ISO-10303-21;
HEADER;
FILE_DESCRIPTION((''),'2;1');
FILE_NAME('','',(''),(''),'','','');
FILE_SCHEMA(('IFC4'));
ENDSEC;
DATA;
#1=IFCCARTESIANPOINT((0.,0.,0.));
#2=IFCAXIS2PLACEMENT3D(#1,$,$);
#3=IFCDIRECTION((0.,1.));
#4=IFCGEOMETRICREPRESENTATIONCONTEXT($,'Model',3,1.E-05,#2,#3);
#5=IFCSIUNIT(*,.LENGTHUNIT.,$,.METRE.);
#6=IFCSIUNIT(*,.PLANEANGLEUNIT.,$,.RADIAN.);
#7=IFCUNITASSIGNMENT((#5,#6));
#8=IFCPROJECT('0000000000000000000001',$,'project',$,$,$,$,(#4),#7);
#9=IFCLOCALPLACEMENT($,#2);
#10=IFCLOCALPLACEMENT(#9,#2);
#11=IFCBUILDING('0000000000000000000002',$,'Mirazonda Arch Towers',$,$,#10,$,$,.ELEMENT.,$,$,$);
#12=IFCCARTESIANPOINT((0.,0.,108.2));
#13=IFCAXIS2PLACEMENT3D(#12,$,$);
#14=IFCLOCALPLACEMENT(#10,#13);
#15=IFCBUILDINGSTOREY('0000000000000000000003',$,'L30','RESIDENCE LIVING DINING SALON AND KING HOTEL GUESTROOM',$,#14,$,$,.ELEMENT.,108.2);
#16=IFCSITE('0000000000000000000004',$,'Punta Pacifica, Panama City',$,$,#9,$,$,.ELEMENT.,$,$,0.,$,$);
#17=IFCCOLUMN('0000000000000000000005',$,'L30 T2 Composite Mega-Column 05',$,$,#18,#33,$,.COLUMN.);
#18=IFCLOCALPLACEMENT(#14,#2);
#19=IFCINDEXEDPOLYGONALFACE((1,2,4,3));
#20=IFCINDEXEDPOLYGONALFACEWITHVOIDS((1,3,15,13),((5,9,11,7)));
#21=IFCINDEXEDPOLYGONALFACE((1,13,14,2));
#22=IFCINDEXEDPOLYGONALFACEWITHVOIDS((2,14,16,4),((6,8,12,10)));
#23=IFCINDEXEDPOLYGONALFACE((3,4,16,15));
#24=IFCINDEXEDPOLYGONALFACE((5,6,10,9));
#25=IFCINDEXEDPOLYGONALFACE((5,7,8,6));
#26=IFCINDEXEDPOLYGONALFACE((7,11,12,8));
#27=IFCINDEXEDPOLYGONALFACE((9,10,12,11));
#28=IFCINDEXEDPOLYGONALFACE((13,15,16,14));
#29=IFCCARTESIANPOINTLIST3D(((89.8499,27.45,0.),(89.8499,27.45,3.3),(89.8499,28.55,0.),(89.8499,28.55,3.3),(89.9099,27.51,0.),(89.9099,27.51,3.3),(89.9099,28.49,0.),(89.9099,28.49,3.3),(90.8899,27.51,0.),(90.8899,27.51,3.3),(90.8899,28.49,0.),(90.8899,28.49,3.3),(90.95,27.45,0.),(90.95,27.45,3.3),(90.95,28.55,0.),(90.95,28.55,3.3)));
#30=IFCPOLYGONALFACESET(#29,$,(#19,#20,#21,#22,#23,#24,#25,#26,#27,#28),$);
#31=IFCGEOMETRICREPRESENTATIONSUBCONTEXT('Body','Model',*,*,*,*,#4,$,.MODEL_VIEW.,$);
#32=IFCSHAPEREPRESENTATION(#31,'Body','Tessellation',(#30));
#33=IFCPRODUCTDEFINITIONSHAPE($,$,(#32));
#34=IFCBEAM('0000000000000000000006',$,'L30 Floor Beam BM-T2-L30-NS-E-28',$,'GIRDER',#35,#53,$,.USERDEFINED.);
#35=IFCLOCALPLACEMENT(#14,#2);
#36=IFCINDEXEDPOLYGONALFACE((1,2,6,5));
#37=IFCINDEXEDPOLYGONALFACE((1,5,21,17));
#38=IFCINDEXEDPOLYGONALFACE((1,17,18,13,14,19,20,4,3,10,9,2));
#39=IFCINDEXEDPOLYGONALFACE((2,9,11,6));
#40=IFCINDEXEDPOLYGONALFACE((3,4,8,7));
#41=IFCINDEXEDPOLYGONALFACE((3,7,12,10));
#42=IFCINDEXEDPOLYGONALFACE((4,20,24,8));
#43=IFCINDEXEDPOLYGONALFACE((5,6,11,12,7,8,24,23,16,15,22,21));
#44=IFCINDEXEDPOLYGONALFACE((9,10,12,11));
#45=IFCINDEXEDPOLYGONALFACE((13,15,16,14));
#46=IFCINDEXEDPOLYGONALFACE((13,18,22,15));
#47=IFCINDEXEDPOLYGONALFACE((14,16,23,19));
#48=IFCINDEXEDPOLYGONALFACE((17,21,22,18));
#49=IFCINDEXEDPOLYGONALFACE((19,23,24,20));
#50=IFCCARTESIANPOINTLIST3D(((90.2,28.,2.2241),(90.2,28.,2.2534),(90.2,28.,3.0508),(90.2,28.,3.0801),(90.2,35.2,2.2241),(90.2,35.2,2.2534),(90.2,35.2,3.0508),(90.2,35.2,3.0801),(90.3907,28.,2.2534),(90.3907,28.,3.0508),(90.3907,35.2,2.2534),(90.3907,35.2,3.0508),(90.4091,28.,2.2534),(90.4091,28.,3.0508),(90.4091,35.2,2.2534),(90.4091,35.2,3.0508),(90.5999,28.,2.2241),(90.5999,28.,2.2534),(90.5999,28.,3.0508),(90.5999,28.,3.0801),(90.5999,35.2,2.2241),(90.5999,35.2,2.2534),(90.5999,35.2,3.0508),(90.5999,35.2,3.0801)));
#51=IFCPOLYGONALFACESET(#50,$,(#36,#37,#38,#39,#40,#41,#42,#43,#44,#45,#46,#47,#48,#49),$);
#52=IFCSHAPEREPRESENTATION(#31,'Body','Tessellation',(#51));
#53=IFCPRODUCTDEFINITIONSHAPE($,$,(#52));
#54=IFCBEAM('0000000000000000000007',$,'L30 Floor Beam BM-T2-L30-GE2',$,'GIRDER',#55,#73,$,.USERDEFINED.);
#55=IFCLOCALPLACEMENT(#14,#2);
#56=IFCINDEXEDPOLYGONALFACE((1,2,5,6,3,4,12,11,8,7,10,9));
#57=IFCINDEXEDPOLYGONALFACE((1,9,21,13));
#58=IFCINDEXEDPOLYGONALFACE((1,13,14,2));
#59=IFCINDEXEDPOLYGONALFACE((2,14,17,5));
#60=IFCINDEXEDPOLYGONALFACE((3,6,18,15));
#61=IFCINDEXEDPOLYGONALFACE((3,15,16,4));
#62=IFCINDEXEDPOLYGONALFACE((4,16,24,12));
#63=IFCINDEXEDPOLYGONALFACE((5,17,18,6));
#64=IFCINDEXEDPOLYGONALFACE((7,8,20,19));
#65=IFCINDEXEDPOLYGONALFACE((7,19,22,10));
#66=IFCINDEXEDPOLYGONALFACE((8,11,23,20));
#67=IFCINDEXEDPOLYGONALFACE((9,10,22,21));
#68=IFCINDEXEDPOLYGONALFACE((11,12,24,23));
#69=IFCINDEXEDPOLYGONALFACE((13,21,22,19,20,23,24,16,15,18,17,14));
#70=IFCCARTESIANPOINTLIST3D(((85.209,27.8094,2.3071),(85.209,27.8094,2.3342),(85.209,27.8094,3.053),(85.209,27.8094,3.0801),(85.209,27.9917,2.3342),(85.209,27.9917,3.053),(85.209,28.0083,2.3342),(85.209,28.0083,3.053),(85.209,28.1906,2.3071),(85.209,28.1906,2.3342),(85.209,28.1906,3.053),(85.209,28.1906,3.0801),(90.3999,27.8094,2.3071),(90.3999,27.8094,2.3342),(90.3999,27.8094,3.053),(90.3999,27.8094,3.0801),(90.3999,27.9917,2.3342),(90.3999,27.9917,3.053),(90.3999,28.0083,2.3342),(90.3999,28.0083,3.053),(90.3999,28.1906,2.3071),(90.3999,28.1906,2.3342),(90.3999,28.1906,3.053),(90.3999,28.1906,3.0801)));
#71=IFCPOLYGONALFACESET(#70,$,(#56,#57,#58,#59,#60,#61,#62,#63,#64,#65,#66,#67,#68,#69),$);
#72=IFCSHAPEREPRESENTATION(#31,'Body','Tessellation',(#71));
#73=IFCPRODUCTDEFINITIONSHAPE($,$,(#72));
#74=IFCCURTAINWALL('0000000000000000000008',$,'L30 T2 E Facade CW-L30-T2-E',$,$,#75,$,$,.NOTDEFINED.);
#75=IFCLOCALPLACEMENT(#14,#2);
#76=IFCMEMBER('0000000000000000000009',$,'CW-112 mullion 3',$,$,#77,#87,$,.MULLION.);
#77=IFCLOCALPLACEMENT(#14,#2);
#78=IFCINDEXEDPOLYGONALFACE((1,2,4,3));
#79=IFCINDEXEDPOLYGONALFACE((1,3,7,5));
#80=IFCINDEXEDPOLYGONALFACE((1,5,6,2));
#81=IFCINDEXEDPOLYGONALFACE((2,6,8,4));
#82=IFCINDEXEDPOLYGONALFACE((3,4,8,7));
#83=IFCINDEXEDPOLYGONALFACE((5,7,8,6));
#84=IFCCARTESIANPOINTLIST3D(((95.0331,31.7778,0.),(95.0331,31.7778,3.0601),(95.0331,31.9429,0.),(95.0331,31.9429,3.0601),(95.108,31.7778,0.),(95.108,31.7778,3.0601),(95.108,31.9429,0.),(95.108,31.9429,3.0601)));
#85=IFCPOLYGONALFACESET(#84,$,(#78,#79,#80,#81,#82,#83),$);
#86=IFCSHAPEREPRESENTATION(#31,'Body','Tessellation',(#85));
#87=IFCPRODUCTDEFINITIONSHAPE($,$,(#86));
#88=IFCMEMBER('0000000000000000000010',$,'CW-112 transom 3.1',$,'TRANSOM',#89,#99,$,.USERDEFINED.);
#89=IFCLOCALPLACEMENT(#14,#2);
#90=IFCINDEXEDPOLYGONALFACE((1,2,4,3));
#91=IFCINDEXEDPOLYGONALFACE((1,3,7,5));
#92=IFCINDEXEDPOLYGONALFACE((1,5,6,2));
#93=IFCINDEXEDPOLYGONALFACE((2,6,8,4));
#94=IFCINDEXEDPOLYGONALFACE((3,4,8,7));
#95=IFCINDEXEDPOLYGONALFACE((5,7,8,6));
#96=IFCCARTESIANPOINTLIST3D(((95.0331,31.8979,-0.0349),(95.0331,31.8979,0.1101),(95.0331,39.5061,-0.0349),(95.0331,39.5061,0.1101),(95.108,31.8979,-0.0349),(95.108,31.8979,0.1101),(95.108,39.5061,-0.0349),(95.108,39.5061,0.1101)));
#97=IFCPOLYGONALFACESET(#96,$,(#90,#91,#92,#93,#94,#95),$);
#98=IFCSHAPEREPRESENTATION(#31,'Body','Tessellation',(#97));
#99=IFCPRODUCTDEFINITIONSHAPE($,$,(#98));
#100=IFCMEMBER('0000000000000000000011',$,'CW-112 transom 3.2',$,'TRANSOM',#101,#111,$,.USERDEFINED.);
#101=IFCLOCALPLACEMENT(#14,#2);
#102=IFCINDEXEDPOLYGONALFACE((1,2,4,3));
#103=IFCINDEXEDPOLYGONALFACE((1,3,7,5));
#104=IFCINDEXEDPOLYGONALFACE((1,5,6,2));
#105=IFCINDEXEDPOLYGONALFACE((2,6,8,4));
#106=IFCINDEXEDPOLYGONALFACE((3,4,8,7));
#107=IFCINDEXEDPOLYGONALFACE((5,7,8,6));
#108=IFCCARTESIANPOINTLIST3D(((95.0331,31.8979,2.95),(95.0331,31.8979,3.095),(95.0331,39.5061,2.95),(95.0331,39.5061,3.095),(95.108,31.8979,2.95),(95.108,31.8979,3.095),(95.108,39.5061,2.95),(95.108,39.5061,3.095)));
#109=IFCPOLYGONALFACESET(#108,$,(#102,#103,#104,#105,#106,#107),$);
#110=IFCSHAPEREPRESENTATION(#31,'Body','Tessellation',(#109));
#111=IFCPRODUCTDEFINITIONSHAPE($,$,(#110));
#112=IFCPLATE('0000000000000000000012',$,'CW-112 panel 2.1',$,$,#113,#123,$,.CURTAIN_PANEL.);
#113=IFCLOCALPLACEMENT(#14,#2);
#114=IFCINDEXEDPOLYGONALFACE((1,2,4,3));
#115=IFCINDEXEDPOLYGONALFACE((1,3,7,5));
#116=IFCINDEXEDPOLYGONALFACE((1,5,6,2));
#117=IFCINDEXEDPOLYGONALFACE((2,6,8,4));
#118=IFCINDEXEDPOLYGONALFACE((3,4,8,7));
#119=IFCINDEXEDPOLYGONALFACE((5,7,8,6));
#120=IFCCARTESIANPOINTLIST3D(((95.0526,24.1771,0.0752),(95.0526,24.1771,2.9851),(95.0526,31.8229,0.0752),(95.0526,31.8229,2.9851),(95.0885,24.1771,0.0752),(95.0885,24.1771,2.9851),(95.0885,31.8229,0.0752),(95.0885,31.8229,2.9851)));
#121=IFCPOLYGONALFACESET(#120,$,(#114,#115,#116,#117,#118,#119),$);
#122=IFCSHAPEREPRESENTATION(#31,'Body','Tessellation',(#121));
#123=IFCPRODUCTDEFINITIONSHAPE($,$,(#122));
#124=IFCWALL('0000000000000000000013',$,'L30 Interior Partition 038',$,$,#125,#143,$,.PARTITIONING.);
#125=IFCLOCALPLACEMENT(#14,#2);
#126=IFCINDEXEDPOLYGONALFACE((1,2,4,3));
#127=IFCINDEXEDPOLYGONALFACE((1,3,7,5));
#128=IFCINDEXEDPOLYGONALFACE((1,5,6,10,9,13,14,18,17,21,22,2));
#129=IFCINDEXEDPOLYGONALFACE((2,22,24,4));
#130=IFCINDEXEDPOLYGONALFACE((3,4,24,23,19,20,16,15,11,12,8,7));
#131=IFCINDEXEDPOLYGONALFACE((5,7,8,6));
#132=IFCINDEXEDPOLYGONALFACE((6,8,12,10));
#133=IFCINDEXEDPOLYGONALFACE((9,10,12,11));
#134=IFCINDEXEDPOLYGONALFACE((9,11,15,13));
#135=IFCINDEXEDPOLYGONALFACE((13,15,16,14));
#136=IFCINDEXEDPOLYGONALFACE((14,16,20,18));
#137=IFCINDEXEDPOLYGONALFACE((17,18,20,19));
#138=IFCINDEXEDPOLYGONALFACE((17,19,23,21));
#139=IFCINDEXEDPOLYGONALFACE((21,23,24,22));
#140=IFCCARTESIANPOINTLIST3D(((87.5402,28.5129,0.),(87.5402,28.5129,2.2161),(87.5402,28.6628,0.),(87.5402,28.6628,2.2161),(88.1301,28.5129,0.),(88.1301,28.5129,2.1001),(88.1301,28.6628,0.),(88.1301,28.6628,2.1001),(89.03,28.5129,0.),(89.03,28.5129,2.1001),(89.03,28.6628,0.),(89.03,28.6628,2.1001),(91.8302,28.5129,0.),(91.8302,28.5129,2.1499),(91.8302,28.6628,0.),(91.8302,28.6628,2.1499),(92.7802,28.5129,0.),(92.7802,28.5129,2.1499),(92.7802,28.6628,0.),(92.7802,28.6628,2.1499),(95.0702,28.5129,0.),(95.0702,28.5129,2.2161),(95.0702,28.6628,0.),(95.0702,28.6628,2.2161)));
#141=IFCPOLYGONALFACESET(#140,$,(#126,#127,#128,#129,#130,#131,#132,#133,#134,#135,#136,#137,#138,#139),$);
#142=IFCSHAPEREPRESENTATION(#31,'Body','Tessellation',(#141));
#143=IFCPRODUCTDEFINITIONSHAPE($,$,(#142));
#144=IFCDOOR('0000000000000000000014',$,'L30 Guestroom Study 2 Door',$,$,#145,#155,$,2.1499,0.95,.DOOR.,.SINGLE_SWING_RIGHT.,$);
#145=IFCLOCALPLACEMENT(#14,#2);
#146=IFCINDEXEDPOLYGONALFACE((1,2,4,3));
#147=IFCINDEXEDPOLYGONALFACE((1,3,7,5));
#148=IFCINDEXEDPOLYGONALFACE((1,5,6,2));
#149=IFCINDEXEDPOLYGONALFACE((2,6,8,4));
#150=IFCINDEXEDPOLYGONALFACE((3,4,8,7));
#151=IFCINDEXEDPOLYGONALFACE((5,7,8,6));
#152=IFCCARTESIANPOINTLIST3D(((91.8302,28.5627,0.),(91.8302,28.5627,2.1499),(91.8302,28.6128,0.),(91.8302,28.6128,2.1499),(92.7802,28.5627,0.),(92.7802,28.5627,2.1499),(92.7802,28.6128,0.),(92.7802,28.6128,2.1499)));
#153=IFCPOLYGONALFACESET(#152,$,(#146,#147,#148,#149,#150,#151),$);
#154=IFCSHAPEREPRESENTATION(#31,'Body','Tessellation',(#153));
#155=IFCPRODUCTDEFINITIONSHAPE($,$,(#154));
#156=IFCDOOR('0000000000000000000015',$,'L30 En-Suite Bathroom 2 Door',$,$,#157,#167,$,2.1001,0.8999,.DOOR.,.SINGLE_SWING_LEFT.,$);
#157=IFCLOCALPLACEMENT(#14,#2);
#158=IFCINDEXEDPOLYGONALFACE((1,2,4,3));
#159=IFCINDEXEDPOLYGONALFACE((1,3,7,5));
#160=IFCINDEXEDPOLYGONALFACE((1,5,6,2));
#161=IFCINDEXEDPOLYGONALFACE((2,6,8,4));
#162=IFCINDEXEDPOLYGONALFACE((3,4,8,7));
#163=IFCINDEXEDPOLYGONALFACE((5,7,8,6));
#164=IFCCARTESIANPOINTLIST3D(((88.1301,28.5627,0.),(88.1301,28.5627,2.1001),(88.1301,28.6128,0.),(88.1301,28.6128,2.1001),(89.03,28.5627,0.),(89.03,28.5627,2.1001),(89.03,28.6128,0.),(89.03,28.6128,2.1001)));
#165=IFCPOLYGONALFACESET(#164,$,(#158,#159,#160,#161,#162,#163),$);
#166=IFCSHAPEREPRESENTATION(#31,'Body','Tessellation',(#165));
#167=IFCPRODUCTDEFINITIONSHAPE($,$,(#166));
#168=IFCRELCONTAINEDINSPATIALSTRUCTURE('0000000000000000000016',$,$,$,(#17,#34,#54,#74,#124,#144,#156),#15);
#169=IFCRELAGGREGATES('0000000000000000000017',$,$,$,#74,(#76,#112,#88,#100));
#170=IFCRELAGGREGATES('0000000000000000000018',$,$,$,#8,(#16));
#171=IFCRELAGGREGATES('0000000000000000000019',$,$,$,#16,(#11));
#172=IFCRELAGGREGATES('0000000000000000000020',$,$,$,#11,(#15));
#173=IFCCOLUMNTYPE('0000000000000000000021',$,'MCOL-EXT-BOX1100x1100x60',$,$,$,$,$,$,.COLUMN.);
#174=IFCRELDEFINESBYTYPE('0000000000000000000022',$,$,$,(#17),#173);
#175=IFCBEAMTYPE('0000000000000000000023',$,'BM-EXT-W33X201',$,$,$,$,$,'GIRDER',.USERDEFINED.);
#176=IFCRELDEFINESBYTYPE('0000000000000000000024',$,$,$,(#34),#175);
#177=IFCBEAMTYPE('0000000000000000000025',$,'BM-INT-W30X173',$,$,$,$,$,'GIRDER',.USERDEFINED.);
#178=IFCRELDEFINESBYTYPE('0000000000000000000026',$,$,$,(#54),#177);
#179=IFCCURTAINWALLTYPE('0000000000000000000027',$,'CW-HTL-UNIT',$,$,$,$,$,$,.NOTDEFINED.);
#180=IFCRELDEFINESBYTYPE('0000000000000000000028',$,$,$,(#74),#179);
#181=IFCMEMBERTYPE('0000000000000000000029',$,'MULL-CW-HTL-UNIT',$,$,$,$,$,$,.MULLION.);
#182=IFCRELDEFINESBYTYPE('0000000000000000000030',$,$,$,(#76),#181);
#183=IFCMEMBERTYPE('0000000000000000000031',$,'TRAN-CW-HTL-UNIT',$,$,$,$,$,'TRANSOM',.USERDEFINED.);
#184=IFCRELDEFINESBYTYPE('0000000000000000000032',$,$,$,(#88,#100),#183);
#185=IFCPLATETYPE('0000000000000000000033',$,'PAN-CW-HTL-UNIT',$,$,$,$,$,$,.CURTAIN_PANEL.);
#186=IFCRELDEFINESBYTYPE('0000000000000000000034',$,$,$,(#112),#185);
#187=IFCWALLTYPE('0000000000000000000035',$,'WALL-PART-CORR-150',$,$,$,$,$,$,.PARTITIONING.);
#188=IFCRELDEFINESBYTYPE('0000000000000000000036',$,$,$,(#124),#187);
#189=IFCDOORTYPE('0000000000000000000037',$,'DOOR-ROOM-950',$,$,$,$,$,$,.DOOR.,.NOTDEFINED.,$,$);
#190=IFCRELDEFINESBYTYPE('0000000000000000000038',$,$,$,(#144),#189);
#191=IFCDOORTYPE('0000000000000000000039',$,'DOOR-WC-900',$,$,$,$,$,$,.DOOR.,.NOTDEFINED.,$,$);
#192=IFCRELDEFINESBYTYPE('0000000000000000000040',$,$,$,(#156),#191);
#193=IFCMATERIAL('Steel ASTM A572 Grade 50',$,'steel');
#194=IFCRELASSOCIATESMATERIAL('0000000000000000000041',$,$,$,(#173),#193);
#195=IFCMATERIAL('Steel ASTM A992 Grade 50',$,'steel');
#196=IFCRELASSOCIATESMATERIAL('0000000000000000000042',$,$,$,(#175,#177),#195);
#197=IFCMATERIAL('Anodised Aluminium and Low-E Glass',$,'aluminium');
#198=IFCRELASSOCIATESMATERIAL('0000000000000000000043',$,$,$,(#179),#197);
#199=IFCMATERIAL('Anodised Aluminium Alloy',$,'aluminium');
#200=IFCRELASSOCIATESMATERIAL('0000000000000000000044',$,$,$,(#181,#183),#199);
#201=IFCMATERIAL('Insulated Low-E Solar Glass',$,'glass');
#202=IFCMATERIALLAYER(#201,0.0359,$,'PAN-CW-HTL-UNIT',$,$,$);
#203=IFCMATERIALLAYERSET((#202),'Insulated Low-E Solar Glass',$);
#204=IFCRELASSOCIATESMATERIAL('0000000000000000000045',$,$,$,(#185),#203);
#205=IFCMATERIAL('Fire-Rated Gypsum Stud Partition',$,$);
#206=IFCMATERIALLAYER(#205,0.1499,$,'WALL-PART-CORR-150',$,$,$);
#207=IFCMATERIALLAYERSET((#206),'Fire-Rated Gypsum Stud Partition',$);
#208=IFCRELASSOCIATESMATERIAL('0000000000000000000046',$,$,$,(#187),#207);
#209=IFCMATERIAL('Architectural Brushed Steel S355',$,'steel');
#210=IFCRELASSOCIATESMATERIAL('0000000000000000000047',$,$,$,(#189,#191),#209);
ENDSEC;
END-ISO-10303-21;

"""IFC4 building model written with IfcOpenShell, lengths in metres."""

from ifc_helpers import new_model, si_unit, direction, frame, frame_2d, origin, origin_2d, place, context, subcontext, project, spatial, rectangle, hollow_rectangle, i_section, extrude, material, layer, layer_set, material_profile, profile_set, type_object, element, fill, aggregate, save


model = new_model("IFC4")

# Units and contexts
model_context = context("Model", 3, precision=1e-05, world=origin(), true_north=direction((0.0, 1.0)))
body_context = subcontext(model_context, "Body", "Model", "MODEL_VIEW")
ifc_project = project(units=[si_unit("LENGTHUNIT", "METRE"), si_unit("PLANEANGLEUNIT", "RADIAN")], contexts=[model_context])

# Site, building, storey
site_placement = place(None, origin())
site = spatial("IfcSite", under=ifc_project, at=site_placement, Name="Punta Pacifica, Panama City", CompositionType="ELEMENT", RefElevation=0.0)
building_placement = place(site_placement, origin())
building = spatial("IfcBuilding", under=site, at=building_placement, Name="Mirazonda Arch Towers", CompositionType="ELEMENT")
storey_placement = place(building_placement, frame((0.0, 0.0, 108.2)))
storey = spatial("IfcBuildingStorey", under=building, at=storey_placement, Name="L30", Description="RESIDENCE LIVING DINING SALON AND KING HOTEL GUESTROOM", CompositionType="ELEMENT", Elevation=108.2)

# Column
ifc_material_1 = material(Name="Steel ASTM A572 Grade 50", Category="steel")
ifc_material_profile_1 = material_profile(ifc_material_1, hollow_rectangle(XDim=1.1001, YDim=1.1001, WallThickness=0.0601, at=origin_2d()), Name="BOX1100x1100x60")
ifc_profile_set_1 = profile_set([ifc_material_profile_1], Name="Steel ASTM A572 Grade 50")
column_type = type_object("IfcColumnType", Name="MCOL-EXT-BOX1100x1100x60", PredefinedType="COLUMN", material=ifc_profile_set_1)
column_placement = place(storey_placement, frame((90.3999, 28.0, 0.0), z_axis=(0.0, 0.0, 1.0), x_axis=(1.0, 0.0, 0.0)))
element("IfcColumn", 1, at=column_placement, inside=storey, type_object=column_type, Name="L30 T2 Composite Mega-Column 05", PredefinedType="COLUMN", context=body_context, shape_type="SweptSolid", body=[
    extrude(hollow_rectangle(XDim=1.1001, YDim=1.1001, WallThickness=0.0601, at=origin_2d()), origin(), (0.0, 0.0, 1.0), 3.3),
])

# Beams
ifc_material_2 = material(Name="Steel ASTM A992 Grade 50", Category="steel")
ifc_material_profile_2 = material_profile(ifc_material_2, i_section(OverallWidth=0.3999, OverallDepth=0.856, WebThickness=0.0183, FlangeThickness=0.0293, at=origin_2d()), Name="W33X201")
ifc_profile_set_2 = profile_set([ifc_material_profile_2], Name="Steel ASTM A992 Grade 50")
beam_type_1 = type_object("IfcBeamType", Name="BM-EXT-W33X201", ElementType="GIRDER", PredefinedType="USERDEFINED", material=ifc_profile_set_2)
beam_1_placement = place(storey_placement, frame((90.3999, 28.0, 2.6521), z_axis=(0.0, 1.0, 0.0), x_axis=(-1.0, 0.0, 0.0)))
element("IfcBeam", 2, at=beam_1_placement, inside=storey, type_object=beam_type_1, Name="L30 Floor Beam BM-T2-L30-NS-E-28", ObjectType="GIRDER", PredefinedType="USERDEFINED", context=body_context, shape_type="SweptSolid", body=[
    extrude(i_section(OverallWidth=0.3999, OverallDepth=0.856, WebThickness=0.0183, FlangeThickness=0.0293, at=origin_2d()), origin(), (0.0, 0.0, 1.0), 7.2),
])
ifc_material_profile_3 = material_profile(ifc_material_2, i_section(OverallWidth=0.3811, OverallDepth=0.7729, WebThickness=0.0166, FlangeThickness=0.0271, at=origin_2d()), Name="W30X173")
ifc_profile_set_3 = profile_set([ifc_material_profile_3], Name="Steel ASTM A992 Grade 50")
beam_type_2 = type_object("IfcBeamType", Name="BM-INT-W30X173", ElementType="GIRDER", PredefinedType="USERDEFINED", material=ifc_profile_set_3)
beam_2_placement = place(storey_placement, frame((85.209, 28.0, 2.6936), z_axis=(1.0, 0.0, 0.0), x_axis=(0.0, 1.0, 0.0)))
element("IfcBeam", 3, at=beam_2_placement, inside=storey, type_object=beam_type_2, Name="L30 Floor Beam BM-T2-L30-GE2", ObjectType="GIRDER", PredefinedType="USERDEFINED", context=body_context, shape_type="SweptSolid", body=[
    extrude(i_section(OverallWidth=0.3811, OverallDepth=0.7729, WebThickness=0.0166, FlangeThickness=0.0271, at=origin_2d()), origin(), (0.0, 0.0, 1.0), 5.1909),
])

# Curtain wall, members, plate
ifc_material_3 = material(Name="Anodised Aluminium and Low-E Glass", Category="aluminium")
curtain_wall_type = type_object("IfcCurtainWallType", Name="CW-HTL-UNIT", PredefinedType="NOTDEFINED", material=ifc_material_3)
curtain_wall_placement = place(storey_placement, origin())
curtain_wall = element("IfcCurtainWall", 4, at=curtain_wall_placement, inside=storey, type_object=curtain_wall_type, Name="L30 T2 E Facade CW-L30-T2-E", PredefinedType="NOTDEFINED")
ifc_material_4 = material(Name="Anodised Aluminium Alloy", Category="aluminium")
ifc_material_profile_4 = material_profile(ifc_material_4, rectangle(XDim=0.075, YDim=0.165, at=origin_2d()), Name="ALU-MULL-75x165")
ifc_profile_set_4 = profile_set([ifc_material_profile_4], Name="Anodised Aluminium Alloy")
member_type_1 = type_object("IfcMemberType", Name="MULL-CW-HTL-UNIT", PredefinedType="MULLION", material=ifc_profile_set_4)
member_1_placement = place(storey_placement, frame((95.0706, 31.8604, 0.0), z_axis=(0.0, 0.0, 1.0), x_axis=(-1.0, 0.0, 0.0)))
member_1 = element("IfcMember", 5, at=member_1_placement, type_object=member_type_1, Name="CW-112 mullion 3", PredefinedType="MULLION", context=body_context, shape_type="SweptSolid", body=[
    extrude(rectangle(XDim=0.075, YDim=0.165, at=origin_2d()), origin(), (0.0, 0.0, 1.0), 3.0601),
])
ifc_material_profile_5 = material_profile(ifc_material_4, rectangle(XDim=0.075, YDim=0.145, at=origin_2d()), Name="ALU-TRAN-75x145")
ifc_profile_set_5 = profile_set([ifc_material_profile_5], Name="Anodised Aluminium Alloy")
member_type_2 = type_object("IfcMemberType", Name="TRAN-CW-HTL-UNIT", ElementType="TRANSOM", PredefinedType="USERDEFINED", material=ifc_profile_set_5)
member_2_placement = place(storey_placement, frame((95.0706, 31.8979, 0.0376), z_axis=(0.0, 1.0, 0.0), x_axis=(-1.0, 0.0, 0.0)))
member_2 = element("IfcMember", 6, at=member_2_placement, type_object=member_type_2, Name="CW-112 transom 3.1", ObjectType="TRANSOM", PredefinedType="USERDEFINED", context=body_context, shape_type="SweptSolid", body=[
    extrude(rectangle(XDim=0.075, YDim=0.145, at=origin_2d()), origin(), (0.0, 0.0, 1.0), 7.6082),
])
member_3_placement = place(storey_placement, frame((95.0706, 31.8979, 3.0225), z_axis=(0.0, 1.0, 0.0), x_axis=(-1.0, 0.0, 0.0)))
member_3 = element("IfcMember", 7, at=member_3_placement, type_object=member_type_2, Name="CW-112 transom 3.2", ObjectType="TRANSOM", PredefinedType="USERDEFINED", context=body_context, shape_type="SweptSolid", body=[
    extrude(rectangle(XDim=0.075, YDim=0.145, at=origin_2d()), origin(), (0.0, 0.0, 1.0), 7.6082),
])
ifc_material_5 = material(Name="Insulated Low-E Solar Glass", Category="glass")
ifc_layer_1 = layer(ifc_material_5, 0.0359, Name="PAN-CW-HTL-UNIT")
ifc_layer_set_1 = layer_set([ifc_layer_1], Name="Insulated Low-E Solar Glass")
plate_type = type_object("IfcPlateType", Name="PAN-CW-HTL-UNIT", PredefinedType="CURTAIN_PANEL", material=ifc_layer_set_1)
plate_placement = place(storey_placement, frame((95.0706, 28.0, 0.0752), z_axis=(0.0, 0.0, 1.0), x_axis=(0.0, 1.0, 0.0)))
plate = element("IfcPlate", 8, at=plate_placement, type_object=plate_type, Name="CW-112 panel 2.1", PredefinedType="CURTAIN_PANEL", context=body_context, shape_type="SweptSolid", body=[
    extrude(rectangle(XDim=7.6458, YDim=0.0359, at=origin_2d()), origin(), (0.0, 0.0, 1.0), 2.9099),
])
aggregate(curtain_wall, [member_1, plate, member_2, member_3])

# Wall, openings, doors
ifc_material_6 = material(Name="Fire-Rated Gypsum Stud Partition")
ifc_layer_2 = layer(ifc_material_6, 0.1499, Name="WALL-PART-CORR-150")
ifc_layer_set_2 = layer_set([ifc_layer_2], Name="Fire-Rated Gypsum Stud Partition")
wall_type_1 = type_object("IfcWallType", Name="WALL-PART-CORR-150", PredefinedType="PARTITIONING", material=ifc_layer_set_2)
wall_1_placement = place(storey_placement, frame((87.54, 28.5879, 0.0), z_axis=(0.0, 0.0, 1.0), x_axis=(1.0, 0.0, 0.0)))
wall_1 = element("IfcWall", 9, at=wall_1_placement, inside=storey, type_object=wall_type_1, Name="L30 Interior Partition 038", PredefinedType="PARTITIONING", context=body_context, shape_type="SweptSolid", body=[
    extrude(rectangle(XDim=7.53, YDim=0.1499, at=frame_2d((3.7651, 0.0))), origin(), (0.0, 0.0, 1.0), 2.2161),
])
opening_1_placement = place(wall_1_placement, frame((4.29, 0.0, 0.0)))
opening_1 = element("IfcOpeningElement", 10, at=opening_1_placement, cuts=wall_1, PredefinedType="OPENING", context=body_context, shape_type="SweptSolid", body=[
    extrude(rectangle(XDim=0.95, YDim=2.1499, at=frame_2d((0.4751, 1.075))), frame((0.0, 0.085, 0.0), z_axis=(0.0, -1.0, 0.0), x_axis=(1.0, 0.0, 0.0)), (0.0, 0.0, 1.0), 0.1699),
])
opening_2_placement = place(wall_1_placement, frame((0.5901, 0.0, 0.0)))
opening_2 = element("IfcOpeningElement", 11, at=opening_2_placement, cuts=wall_1, PredefinedType="OPENING", context=body_context, shape_type="SweptSolid", body=[
    extrude(rectangle(XDim=0.8999, YDim=2.1001, at=frame_2d((0.45, 1.05))), frame((0.0, 0.085, 0.0), z_axis=(0.0, -1.0, 0.0), x_axis=(1.0, 0.0, 0.0)), (0.0, 0.0, 1.0), 0.1699),
])
ifc_material_7 = material(Name="Architectural Brushed Steel S355", Category="steel")
door_type_1 = type_object("IfcDoorType", Name="DOOR-ROOM-950", OperationType="NOTDEFINED", PredefinedType="DOOR", material=ifc_material_7)
door_1_placement = place(opening_1_placement, origin())
door_1 = element("IfcDoor", 12, at=door_1_placement, inside=storey, type_object=door_type_1, Name="L30 Guestroom Study 2 Door", OperationType="SINGLE_SWING_RIGHT", OverallHeight=2.1499, OverallWidth=0.95, PredefinedType="DOOR", context=body_context, shape_type="SweptSolid", body=[
    extrude(rectangle(XDim=0.95, YDim=2.1499, at=frame_2d((0.4751, 1.075))), frame((0.0, 0.0249, 0.0), z_axis=(0.0, -1.0, 0.0), x_axis=(1.0, 0.0, 0.0)), (0.0, 0.0, 1.0), 0.05),
])
fill(opening_1, door_1)
door_type_2 = type_object("IfcDoorType", Name="DOOR-WC-900", OperationType="NOTDEFINED", PredefinedType="DOOR", material=ifc_material_7)
door_2_placement = place(opening_2_placement, origin())
door_2 = element("IfcDoor", 13, at=door_2_placement, inside=storey, type_object=door_type_2, Name="L30 En-Suite Bathroom 2 Door", OperationType="SINGLE_SWING_LEFT", OverallHeight=2.1001, OverallWidth=0.8999, PredefinedType="DOOR", context=body_context, shape_type="SweptSolid", body=[
    extrude(rectangle(XDim=0.8999, YDim=2.1001, at=frame_2d((0.45, 1.05))), frame((0.0, 0.0249, 0.0), z_axis=(0.0, -1.0, 0.0), x_axis=(1.0, 0.0, 0.0)), (0.0, 0.0, 1.0), 0.05),
])
fill(opening_2, door_2)

save(model, "model.ifc")
